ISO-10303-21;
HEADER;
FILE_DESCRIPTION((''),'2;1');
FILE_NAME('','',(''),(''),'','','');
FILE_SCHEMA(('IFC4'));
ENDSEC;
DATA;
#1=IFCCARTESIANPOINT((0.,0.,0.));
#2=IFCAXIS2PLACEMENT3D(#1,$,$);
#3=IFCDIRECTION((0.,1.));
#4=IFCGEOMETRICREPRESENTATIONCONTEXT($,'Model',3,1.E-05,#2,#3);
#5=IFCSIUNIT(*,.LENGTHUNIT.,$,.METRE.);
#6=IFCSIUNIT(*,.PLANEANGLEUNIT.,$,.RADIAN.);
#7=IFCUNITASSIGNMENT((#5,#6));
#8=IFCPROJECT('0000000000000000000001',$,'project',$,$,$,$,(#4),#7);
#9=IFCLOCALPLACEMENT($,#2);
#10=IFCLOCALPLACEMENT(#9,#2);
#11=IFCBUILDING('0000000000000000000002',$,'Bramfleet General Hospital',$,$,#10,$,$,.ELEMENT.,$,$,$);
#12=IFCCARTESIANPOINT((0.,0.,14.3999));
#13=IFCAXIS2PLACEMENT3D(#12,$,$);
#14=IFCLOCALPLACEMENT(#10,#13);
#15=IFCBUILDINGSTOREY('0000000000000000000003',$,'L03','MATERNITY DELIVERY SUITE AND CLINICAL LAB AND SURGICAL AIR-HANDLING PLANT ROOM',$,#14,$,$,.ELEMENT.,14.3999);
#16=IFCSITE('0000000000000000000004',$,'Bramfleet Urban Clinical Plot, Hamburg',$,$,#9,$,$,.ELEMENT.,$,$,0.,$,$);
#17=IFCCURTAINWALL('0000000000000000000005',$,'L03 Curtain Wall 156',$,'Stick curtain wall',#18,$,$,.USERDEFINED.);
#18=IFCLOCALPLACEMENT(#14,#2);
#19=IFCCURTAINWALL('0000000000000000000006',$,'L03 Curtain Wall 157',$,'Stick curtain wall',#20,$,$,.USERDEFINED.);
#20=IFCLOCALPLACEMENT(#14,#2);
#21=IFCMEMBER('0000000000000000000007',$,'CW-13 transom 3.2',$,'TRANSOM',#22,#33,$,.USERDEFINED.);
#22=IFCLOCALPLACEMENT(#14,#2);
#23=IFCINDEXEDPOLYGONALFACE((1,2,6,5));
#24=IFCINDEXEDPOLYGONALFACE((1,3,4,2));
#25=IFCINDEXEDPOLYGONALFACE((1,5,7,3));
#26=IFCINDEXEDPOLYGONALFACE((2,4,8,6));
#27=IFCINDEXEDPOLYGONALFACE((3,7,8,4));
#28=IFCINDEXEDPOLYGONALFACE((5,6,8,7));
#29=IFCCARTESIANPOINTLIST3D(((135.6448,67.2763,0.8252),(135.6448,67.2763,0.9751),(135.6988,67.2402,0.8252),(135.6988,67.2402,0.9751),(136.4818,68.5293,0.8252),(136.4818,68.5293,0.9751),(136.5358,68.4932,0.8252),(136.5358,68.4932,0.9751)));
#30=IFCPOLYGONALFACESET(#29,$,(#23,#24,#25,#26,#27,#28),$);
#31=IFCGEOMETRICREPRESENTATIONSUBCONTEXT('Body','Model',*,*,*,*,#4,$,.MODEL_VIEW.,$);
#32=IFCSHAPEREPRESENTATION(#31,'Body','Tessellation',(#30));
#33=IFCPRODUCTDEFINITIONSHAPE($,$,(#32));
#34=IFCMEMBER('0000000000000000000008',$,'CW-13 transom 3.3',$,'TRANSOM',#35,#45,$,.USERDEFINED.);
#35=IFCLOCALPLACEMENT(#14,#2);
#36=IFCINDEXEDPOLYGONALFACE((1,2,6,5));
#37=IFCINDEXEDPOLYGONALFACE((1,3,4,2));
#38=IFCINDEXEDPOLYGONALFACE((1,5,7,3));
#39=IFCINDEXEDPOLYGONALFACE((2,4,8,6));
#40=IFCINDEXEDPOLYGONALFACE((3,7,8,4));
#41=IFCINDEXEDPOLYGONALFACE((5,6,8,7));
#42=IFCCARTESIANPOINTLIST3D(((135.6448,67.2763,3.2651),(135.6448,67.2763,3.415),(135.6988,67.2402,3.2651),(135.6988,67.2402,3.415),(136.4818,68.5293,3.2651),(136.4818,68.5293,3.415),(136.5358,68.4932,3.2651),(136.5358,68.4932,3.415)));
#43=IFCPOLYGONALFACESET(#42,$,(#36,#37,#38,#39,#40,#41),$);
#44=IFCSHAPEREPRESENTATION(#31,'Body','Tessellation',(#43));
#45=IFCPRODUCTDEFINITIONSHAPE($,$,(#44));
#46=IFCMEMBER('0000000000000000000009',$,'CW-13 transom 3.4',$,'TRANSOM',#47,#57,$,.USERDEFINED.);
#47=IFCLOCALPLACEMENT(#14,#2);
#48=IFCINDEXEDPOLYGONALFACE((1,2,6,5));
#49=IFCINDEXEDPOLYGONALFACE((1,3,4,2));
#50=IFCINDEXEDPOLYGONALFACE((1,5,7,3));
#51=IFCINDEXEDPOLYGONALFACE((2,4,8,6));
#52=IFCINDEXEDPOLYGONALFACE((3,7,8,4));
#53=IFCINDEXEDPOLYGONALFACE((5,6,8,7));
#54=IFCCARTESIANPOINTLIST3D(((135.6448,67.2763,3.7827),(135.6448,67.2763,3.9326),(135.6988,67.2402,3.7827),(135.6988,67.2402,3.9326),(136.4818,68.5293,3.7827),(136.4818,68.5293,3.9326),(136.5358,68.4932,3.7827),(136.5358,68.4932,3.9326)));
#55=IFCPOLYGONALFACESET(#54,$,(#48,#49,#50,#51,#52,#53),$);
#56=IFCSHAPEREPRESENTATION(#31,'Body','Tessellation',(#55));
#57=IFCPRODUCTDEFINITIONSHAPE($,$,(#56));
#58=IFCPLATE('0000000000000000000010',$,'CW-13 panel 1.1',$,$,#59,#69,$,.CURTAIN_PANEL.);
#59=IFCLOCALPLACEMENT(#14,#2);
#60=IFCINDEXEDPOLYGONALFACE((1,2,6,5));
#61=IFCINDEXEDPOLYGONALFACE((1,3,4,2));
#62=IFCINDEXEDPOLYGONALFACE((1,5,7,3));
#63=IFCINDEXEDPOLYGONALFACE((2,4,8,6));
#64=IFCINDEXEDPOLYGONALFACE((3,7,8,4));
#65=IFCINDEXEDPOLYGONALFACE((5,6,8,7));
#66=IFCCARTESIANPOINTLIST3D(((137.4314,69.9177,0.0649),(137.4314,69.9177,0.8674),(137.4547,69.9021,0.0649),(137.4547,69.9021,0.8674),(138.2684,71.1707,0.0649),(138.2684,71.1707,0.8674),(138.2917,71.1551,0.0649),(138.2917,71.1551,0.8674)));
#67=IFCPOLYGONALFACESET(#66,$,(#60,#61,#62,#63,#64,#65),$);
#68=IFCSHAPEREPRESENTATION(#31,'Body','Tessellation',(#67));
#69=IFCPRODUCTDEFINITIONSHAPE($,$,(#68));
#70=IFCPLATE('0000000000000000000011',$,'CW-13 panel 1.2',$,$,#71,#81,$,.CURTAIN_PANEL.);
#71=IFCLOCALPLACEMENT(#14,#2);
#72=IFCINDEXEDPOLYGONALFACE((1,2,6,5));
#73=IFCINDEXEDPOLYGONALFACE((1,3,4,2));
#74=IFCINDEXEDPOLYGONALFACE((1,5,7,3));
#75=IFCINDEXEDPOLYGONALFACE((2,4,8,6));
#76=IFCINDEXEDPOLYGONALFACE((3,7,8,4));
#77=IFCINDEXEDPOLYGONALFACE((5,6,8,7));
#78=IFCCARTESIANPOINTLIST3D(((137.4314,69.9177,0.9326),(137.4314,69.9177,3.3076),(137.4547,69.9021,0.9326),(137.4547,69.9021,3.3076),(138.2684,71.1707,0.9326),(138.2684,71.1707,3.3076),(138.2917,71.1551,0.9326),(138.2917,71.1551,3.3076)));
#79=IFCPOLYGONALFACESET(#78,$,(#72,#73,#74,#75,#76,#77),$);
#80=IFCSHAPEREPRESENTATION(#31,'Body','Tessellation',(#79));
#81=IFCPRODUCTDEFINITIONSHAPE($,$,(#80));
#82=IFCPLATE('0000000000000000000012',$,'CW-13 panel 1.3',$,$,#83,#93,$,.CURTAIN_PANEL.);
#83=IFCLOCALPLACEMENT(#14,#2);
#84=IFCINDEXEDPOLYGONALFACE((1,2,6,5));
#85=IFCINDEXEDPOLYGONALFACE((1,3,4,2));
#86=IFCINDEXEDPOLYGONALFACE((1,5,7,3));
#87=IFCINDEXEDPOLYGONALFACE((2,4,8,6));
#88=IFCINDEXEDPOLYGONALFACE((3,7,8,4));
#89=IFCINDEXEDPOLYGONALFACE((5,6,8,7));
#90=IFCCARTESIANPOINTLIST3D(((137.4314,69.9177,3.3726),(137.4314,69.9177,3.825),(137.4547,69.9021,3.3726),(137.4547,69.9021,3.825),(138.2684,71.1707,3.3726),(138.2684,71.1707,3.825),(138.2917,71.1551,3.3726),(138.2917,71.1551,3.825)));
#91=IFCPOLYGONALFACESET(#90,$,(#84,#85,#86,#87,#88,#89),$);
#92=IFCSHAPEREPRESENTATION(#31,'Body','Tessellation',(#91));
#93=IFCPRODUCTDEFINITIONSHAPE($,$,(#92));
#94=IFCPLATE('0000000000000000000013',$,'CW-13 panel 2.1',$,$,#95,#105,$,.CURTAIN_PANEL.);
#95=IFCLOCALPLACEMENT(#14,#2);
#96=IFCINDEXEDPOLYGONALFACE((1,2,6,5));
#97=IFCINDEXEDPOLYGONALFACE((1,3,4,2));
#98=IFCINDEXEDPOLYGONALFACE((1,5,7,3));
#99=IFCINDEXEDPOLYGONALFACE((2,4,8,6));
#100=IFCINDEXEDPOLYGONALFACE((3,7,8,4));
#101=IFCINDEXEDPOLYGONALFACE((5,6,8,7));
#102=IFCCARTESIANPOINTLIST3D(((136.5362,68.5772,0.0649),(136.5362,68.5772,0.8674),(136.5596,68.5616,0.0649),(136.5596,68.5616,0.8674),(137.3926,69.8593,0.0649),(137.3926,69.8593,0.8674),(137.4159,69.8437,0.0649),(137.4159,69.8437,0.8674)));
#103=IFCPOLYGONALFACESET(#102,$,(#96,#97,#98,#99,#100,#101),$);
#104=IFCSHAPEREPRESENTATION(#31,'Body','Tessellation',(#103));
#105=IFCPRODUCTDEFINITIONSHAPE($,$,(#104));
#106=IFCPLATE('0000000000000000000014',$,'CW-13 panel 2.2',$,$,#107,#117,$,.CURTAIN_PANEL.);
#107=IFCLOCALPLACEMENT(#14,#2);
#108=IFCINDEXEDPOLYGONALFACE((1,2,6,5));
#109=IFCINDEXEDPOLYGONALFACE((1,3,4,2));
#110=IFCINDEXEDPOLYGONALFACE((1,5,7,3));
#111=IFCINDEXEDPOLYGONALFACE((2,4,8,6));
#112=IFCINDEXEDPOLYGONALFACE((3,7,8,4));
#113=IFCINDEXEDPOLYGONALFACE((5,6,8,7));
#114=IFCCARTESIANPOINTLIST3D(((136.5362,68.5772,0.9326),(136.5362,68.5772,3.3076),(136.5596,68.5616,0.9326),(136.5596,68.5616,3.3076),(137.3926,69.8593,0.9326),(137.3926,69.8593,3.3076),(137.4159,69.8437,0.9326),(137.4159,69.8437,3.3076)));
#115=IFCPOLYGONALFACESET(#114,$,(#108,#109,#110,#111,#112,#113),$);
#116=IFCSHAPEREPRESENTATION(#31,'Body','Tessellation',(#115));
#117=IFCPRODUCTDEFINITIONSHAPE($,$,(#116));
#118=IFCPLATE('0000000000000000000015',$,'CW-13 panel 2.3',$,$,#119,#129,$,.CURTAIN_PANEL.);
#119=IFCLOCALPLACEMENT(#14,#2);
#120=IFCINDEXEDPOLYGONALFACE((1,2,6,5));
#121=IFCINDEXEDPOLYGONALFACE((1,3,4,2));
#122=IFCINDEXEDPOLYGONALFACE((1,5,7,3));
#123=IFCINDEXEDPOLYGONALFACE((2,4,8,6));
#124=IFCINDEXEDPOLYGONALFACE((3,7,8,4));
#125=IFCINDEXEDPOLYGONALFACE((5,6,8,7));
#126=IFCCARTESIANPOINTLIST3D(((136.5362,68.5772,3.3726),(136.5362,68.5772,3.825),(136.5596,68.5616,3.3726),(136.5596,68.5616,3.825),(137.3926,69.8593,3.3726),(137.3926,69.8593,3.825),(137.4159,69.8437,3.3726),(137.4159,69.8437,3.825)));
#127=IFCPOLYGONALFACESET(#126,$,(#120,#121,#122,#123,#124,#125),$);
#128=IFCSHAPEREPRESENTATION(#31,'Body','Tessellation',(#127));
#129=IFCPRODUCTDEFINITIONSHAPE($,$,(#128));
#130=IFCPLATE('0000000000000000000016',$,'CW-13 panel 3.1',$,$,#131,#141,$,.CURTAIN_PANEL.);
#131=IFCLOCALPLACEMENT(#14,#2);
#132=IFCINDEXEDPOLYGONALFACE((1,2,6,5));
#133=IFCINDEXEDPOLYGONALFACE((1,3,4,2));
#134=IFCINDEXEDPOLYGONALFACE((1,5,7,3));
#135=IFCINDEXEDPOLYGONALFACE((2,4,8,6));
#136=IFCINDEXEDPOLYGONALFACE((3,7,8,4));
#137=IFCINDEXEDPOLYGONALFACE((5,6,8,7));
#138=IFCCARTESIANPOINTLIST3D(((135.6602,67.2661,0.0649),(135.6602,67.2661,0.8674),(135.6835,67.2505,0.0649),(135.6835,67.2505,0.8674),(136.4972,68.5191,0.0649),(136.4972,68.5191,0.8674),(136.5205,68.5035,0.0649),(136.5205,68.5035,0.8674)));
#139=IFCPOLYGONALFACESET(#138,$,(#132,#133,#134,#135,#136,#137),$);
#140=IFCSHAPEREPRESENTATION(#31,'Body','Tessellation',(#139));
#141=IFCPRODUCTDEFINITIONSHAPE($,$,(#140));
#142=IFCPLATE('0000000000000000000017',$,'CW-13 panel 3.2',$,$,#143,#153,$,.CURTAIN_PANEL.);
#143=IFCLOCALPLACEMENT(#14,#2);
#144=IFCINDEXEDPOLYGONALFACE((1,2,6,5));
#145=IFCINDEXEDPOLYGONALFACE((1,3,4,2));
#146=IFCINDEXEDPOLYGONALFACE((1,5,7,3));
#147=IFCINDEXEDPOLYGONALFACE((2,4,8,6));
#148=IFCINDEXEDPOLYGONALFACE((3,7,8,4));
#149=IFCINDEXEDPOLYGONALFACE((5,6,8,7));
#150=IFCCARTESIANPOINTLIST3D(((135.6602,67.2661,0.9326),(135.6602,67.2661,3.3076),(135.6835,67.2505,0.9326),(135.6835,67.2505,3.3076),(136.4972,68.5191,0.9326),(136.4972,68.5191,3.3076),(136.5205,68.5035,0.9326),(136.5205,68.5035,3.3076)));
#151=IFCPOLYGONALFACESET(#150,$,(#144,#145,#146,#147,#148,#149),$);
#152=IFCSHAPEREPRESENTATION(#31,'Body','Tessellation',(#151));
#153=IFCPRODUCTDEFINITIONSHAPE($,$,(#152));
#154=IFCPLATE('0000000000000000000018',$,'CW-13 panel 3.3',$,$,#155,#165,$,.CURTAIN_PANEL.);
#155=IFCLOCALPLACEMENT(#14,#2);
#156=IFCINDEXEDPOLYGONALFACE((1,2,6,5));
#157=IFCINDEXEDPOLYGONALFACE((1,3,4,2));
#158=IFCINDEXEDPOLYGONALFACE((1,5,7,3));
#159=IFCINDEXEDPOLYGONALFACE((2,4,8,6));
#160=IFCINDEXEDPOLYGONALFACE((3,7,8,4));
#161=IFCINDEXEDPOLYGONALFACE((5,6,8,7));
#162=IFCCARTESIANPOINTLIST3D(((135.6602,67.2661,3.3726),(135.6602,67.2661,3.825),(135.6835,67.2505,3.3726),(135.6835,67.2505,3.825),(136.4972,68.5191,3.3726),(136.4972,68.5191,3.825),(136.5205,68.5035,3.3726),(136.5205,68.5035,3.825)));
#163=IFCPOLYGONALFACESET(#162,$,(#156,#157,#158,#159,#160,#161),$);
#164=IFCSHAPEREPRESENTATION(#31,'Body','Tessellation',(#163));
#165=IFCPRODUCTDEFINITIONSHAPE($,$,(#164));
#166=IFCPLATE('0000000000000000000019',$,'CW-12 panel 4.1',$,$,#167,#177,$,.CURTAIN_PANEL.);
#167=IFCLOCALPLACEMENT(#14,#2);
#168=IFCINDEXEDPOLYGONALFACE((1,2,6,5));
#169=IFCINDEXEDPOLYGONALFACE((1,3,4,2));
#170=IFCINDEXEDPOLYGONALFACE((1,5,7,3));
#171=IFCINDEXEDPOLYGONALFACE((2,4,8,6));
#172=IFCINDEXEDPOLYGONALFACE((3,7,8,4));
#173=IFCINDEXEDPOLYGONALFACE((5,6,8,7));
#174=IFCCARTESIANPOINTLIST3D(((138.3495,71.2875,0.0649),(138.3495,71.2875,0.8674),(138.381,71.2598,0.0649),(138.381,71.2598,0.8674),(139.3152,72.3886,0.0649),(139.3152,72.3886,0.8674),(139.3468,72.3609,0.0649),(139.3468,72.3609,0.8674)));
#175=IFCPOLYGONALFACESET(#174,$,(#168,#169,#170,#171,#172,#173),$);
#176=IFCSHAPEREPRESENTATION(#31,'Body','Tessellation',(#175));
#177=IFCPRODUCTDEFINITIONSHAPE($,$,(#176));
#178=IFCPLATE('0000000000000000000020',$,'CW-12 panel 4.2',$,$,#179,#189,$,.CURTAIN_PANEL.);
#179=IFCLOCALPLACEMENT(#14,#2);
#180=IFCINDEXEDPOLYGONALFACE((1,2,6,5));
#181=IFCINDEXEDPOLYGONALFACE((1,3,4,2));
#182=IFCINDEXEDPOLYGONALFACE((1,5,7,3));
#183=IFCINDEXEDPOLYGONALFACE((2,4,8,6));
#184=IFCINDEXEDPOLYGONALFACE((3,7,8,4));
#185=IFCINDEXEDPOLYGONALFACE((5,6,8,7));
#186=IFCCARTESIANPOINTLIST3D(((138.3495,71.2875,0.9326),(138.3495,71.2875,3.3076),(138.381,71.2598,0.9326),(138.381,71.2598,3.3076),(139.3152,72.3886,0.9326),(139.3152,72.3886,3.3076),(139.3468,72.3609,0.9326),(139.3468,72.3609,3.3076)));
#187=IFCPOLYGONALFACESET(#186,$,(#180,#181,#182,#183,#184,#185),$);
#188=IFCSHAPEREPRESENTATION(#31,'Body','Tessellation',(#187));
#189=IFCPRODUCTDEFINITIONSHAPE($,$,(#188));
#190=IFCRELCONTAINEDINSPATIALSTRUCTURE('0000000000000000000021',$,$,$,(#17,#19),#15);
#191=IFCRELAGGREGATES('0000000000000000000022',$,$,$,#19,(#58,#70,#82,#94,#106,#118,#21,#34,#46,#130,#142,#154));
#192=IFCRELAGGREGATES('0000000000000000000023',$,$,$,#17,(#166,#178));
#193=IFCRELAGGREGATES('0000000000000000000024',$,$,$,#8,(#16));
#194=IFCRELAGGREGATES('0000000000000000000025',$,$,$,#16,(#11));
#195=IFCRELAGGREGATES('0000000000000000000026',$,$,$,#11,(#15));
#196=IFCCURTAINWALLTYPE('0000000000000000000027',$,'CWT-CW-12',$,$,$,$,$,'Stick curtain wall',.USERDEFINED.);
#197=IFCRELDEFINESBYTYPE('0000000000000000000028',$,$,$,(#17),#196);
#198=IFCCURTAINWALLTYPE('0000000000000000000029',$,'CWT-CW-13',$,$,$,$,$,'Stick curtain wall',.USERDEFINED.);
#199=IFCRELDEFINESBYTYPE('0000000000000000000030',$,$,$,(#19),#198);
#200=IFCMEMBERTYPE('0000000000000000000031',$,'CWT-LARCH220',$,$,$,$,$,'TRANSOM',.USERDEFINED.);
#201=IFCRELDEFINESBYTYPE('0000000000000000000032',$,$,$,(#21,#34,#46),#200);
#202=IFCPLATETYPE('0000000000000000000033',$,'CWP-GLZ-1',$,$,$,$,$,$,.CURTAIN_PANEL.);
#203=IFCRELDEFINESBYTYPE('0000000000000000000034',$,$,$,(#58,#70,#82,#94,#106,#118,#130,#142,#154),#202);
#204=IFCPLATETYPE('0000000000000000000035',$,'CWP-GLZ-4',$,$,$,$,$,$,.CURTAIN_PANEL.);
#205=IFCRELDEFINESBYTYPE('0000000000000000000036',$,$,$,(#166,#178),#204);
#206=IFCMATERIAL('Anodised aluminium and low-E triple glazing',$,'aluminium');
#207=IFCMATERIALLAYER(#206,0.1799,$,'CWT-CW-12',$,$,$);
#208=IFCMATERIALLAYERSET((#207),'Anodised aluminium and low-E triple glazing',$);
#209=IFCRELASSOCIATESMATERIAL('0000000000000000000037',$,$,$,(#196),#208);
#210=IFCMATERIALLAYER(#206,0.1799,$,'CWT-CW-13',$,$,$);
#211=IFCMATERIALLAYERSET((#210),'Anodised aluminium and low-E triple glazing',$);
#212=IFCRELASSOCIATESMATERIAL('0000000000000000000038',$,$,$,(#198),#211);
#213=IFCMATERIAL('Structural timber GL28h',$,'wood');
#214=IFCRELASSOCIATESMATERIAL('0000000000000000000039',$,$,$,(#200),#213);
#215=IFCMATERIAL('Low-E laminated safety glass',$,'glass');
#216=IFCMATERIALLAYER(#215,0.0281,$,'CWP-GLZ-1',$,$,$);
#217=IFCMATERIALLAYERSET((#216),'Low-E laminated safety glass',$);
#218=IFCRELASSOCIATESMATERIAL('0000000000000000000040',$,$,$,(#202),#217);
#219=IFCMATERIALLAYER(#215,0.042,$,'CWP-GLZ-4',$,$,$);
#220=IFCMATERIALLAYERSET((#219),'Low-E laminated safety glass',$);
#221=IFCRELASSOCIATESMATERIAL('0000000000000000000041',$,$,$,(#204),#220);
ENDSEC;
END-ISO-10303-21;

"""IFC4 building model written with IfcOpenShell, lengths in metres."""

from ifc_helpers import new_model, si_unit, direction, frame, origin, origin_2d, place, context, subcontext, project, spatial, rectangle, extrude, material, layer, layer_set, material_profile, profile_set, type_object, element, aggregate, save


model = new_model("IFC4")

# Units and contexts
model_context = context("Model", 3, precision=1e-05, world=origin(), true_north=direction((0.0, 1.0)))
body_context = subcontext(model_context, "Body", "Model", "MODEL_VIEW")
ifc_project = project(units=[si_unit("LENGTHUNIT", "METRE"), si_unit("PLANEANGLEUNIT", "RADIAN")], contexts=[model_context])

# Site, building, storey
site_placement = place(None, origin())
site = spatial("IfcSite", under=ifc_project, at=site_placement, Name="Bramfleet Urban Clinical Plot, Hamburg", CompositionType="ELEMENT", RefElevation=0.0)
building_placement = place(site_placement, origin())
building = spatial("IfcBuilding", under=site, at=building_placement, Name="Bramfleet General Hospital", CompositionType="ELEMENT")
storey_placement = place(building_placement, frame((0.0, 0.0, 14.3999)))
storey = spatial("IfcBuildingStorey", under=building, at=storey_placement, Name="L03", Description="MATERNITY DELIVERY SUITE AND CLINICAL LAB AND SURGICAL AIR-HANDLING PLANT ROOM", CompositionType="ELEMENT", Elevation=14.3999)

# Curtain wall
ifc_material_1 = material(Name="Anodised aluminium and low-E triple glazing", Category="aluminium")
ifc_layer_1 = layer(ifc_material_1, 0.1799, Name="CWT-CW-12")
ifc_layer_set_1 = layer_set([ifc_layer_1], Name="Anodised aluminium and low-E triple glazing")
curtain_wall_type_1 = type_object("IfcCurtainWallType", Name="CWT-CW-12", ElementType="Stick curtain wall", PredefinedType="USERDEFINED", material=ifc_layer_set_1)
curtain_wall_1_placement = place(storey_placement, origin())
curtain_wall_1 = element("IfcCurtainWall", 1, at=curtain_wall_1_placement, inside=storey, type_object=curtain_wall_type_1, Name="L03 Curtain Wall 156", ObjectType="Stick curtain wall", PredefinedType="USERDEFINED")
ifc_material_2 = material(Name="Structural timber GL28h", Category="wood")

# Curtain wall, members, plates
ifc_layer_2 = layer(ifc_material_1, 0.1799, Name="CWT-CW-13")
ifc_layer_set_2 = layer_set([ifc_layer_2], Name="Anodised aluminium and low-E triple glazing")
curtain_wall_type_2 = type_object("IfcCurtainWallType", Name="CWT-CW-13", ElementType="Stick curtain wall", PredefinedType="USERDEFINED", material=ifc_layer_set_2)
curtain_wall_2_placement = place(storey_placement, origin())
curtain_wall_2 = element("IfcCurtainWall", 2, at=curtain_wall_2_placement, inside=storey, type_object=curtain_wall_type_2, Name="L03 Curtain Wall 157", ObjectType="Stick curtain wall", PredefinedType="USERDEFINED")
ifc_material_profile_1 = material_profile(ifc_material_2, rectangle(XDim=0.0649, YDim=0.1499, at=origin_2d()), Name="LARCH 150x65")
ifc_profile_set_1 = profile_set([ifc_material_profile_1], Name="Structural timber GL28h")
member_type_1 = type_object("IfcMemberType", Name="CWT-LARCH220", ElementType="TRANSOM", PredefinedType="USERDEFINED", material=ifc_profile_set_1)
member_1_placement = place(storey_placement, frame((136.5088, 68.5112, 0.9001), z_axis=(-0.555448, -0.831551, 0.0), x_axis=(0.831551, -0.555448, 0.0)))
member_1 = element("IfcMember", 3, at=member_1_placement, type_object=member_type_1, Name="CW-13 transom 3.2", ObjectType="TRANSOM", PredefinedType="USERDEFINED", context=body_context, shape_type="SweptSolid", body=[
    extrude(rectangle(XDim=0.0649, YDim=0.1499, at=origin_2d()), origin(), (0.0, 0.0, 1.0), 1.5068),
])
member_2_placement = place(storey_placement, frame((136.5088, 68.5112, 3.3401), z_axis=(-0.555448, -0.831551, 0.0), x_axis=(0.831551, -0.555448, 0.0)))
member_2 = element("IfcMember", 4, at=member_2_placement, type_object=member_type_1, Name="CW-13 transom 3.3", ObjectType="TRANSOM", PredefinedType="USERDEFINED", context=body_context, shape_type="SweptSolid", body=[
    extrude(rectangle(XDim=0.0649, YDim=0.1499, at=origin_2d()), origin(), (0.0, 0.0, 1.0), 1.5068),
])
member_3_placement = place(storey_placement, frame((136.5088, 68.5112, 3.8577), z_axis=(-0.555448, -0.831551, 0.0), x_axis=(0.831551, -0.555448, 0.0)))
member_3 = element("IfcMember", 5, at=member_3_placement, type_object=member_type_1, Name="CW-13 transom 3.4", ObjectType="TRANSOM", PredefinedType="USERDEFINED", context=body_context, shape_type="SweptSolid", body=[
    extrude(rectangle(XDim=0.0649, YDim=0.1499, at=origin_2d()), origin(), (0.0, 0.0, 1.0), 1.5068),
])
ifc_material_3 = material(Name="Low-E laminated safety glass", Category="glass")
ifc_layer_3 = layer(ifc_material_3, 0.0281, Name="CWP-GLZ-1")
ifc_layer_set_3 = layer_set([ifc_layer_3], Name="Low-E laminated safety glass")
plate_type_1 = type_object("IfcPlateType", Name="CWP-GLZ-1", PredefinedType="CURTAIN_PANEL", material=ifc_layer_set_3)
plate_1_placement = place(storey_placement, frame((137.8616, 70.5364, 0.0649), z_axis=(0.0, 0.0, 1.0), x_axis=(-0.555464, -0.831541, 0.0)))
plate_1 = element("IfcPlate", 6, at=plate_1_placement, type_object=plate_type_1, Name="CW-13 panel 1.1", PredefinedType="CURTAIN_PANEL", context=body_context, shape_type="SweptSolid", body=[
    extrude(rectangle(XDim=1.5068, YDim=0.0281, at=origin_2d()), origin(), (0.0, 0.0, 1.0), 0.8025),
])
plate_2_placement = place(storey_placement, frame((137.8616, 70.5364, 0.9326), z_axis=(0.0, 0.0, 1.0), x_axis=(-0.555464, -0.831541, 0.0)))
plate_2 = element("IfcPlate", 7, at=plate_2_placement, type_object=plate_type_1, Name="CW-13 panel 1.2", PredefinedType="CURTAIN_PANEL", context=body_context, shape_type="SweptSolid", body=[
    extrude(rectangle(XDim=1.5068, YDim=0.0281, at=origin_2d()), origin(), (0.0, 0.0, 1.0), 2.375),
])
plate_3_placement = place(storey_placement, frame((137.8616, 70.5364, 3.3726), z_axis=(0.0, 0.0, 1.0), x_axis=(-0.555464, -0.831541, 0.0)))
plate_3 = element("IfcPlate", 8, at=plate_3_placement, type_object=plate_type_1, Name="CW-13 panel 1.3", PredefinedType="CURTAIN_PANEL", context=body_context, shape_type="SweptSolid", body=[
    extrude(rectangle(XDim=1.5068, YDim=0.0281, at=origin_2d()), origin(), (0.0, 0.0, 1.0), 0.4524),
])
plate_4_placement = place(storey_placement, frame((136.9761, 69.2104, 0.0649), z_axis=(0.0, 0.0, 1.0), x_axis=(-0.555464, -0.831541, 0.0)))
plate_4 = element("IfcPlate", 9, at=plate_4_placement, type_object=plate_type_1, Name="CW-13 panel 2.1", PredefinedType="CURTAIN_PANEL", context=body_context, shape_type="SweptSolid", body=[
    extrude(rectangle(XDim=1.5417, YDim=0.0281, at=origin_2d()), origin(), (0.0, 0.0, 1.0), 0.8025),
])
plate_5_placement = place(storey_placement, frame((136.9761, 69.2104, 0.9326), z_axis=(0.0, 0.0, 1.0), x_axis=(-0.555464, -0.831541, 0.0)))
plate_5 = element("IfcPlate", 10, at=plate_5_placement, type_object=plate_type_1, Name="CW-13 panel 2.2", PredefinedType="CURTAIN_PANEL", context=body_context, shape_type="SweptSolid", body=[
    extrude(rectangle(XDim=1.5417, YDim=0.0281, at=origin_2d()), origin(), (0.0, 0.0, 1.0), 2.375),
])
plate_6_placement = place(storey_placement, frame((136.9761, 69.2104, 3.3726), z_axis=(0.0, 0.0, 1.0), x_axis=(-0.555464, -0.831541, 0.0)))
plate_6 = element("IfcPlate", 11, at=plate_6_placement, type_object=plate_type_1, Name="CW-13 panel 2.3", PredefinedType="CURTAIN_PANEL", context=body_context, shape_type="SweptSolid", body=[
    extrude(rectangle(XDim=1.5417, YDim=0.0281, at=origin_2d()), origin(), (0.0, 0.0, 1.0), 0.4524),
])
plate_7_placement = place(storey_placement, frame((136.0903, 67.8848, 0.0649), z_axis=(0.0, 0.0, 1.0), x_axis=(-0.555464, -0.831541, 0.0)))
plate_7 = element("IfcPlate", 12, at=plate_7_placement, type_object=plate_type_1, Name="CW-13 panel 3.1", PredefinedType="CURTAIN_PANEL", context=body_context, shape_type="SweptSolid", body=[
    extrude(rectangle(XDim=1.5068, YDim=0.0281, at=origin_2d()), origin(), (0.0, 0.0, 1.0), 0.8025),
])
plate_8_placement = place(storey_placement, frame((136.0903, 67.8848, 0.9326), z_axis=(0.0, 0.0, 1.0), x_axis=(-0.555464, -0.831541, 0.0)))
plate_8 = element("IfcPlate", 13, at=plate_8_placement, type_object=plate_type_1, Name="CW-13 panel 3.2", PredefinedType="CURTAIN_PANEL", context=body_context, shape_type="SweptSolid", body=[
    extrude(rectangle(XDim=1.5068, YDim=0.0281, at=origin_2d()), origin(), (0.0, 0.0, 1.0), 2.375),
])
plate_9_placement = place(storey_placement, frame((136.0903, 67.8848, 3.3726), z_axis=(0.0, 0.0, 1.0), x_axis=(-0.555464, -0.831541, 0.0)))
plate_9 = element("IfcPlate", 14, at=plate_9_placement, type_object=plate_type_1, Name="CW-13 panel 3.3", PredefinedType="CURTAIN_PANEL", context=body_context, shape_type="SweptSolid", body=[
    extrude(rectangle(XDim=1.5068, YDim=0.0281, at=origin_2d()), origin(), (0.0, 0.0, 1.0), 0.4524),
])
aggregate(curtain_wall_2, [plate_1, plate_2, plate_3, plate_4, plate_5, plate_6, member_1, member_2, member_3, plate_7, plate_8, plate_9])

# Plates
ifc_layer_4 = layer(ifc_material_3, 0.042, Name="CWP-GLZ-4")
ifc_layer_set_4 = layer_set([ifc_layer_4], Name="Low-E laminated safety glass")
plate_type_2 = type_object("IfcPlateType", Name="CWP-GLZ-4", PredefinedType="CURTAIN_PANEL", material=ifc_layer_set_4)
plate_10_placement = place(storey_placement, frame((138.8481, 71.8242, 0.0649), z_axis=(0.0, 0.0, 1.0), x_axis=(-0.659406, -0.751787, 0.0)))
plate_10 = element("IfcPlate", 15, at=plate_10_placement, type_object=plate_type_2, Name="CW-12 panel 4.1", PredefinedType="CURTAIN_PANEL", context=body_context, shape_type="SweptSolid", body=[
    extrude(rectangle(XDim=1.4646, YDim=0.042, at=origin_2d()), origin(), (0.0, 0.0, 1.0), 0.8025),
])
plate_11_placement = place(storey_placement, frame((138.8481, 71.8242, 0.9326), z_axis=(0.0, 0.0, 1.0), x_axis=(-0.659406, -0.751787, 0.0)))
plate_11 = element("IfcPlate", 16, at=plate_11_placement, type_object=plate_type_2, Name="CW-12 panel 4.2", PredefinedType="CURTAIN_PANEL", context=body_context, shape_type="SweptSolid", body=[
    extrude(rectangle(XDim=1.4646, YDim=0.042, at=origin_2d()), origin(), (0.0, 0.0, 1.0), 2.375),
])
aggregate(curtain_wall_1, [plate_10, plate_11])

save(model, "model.ifc")
